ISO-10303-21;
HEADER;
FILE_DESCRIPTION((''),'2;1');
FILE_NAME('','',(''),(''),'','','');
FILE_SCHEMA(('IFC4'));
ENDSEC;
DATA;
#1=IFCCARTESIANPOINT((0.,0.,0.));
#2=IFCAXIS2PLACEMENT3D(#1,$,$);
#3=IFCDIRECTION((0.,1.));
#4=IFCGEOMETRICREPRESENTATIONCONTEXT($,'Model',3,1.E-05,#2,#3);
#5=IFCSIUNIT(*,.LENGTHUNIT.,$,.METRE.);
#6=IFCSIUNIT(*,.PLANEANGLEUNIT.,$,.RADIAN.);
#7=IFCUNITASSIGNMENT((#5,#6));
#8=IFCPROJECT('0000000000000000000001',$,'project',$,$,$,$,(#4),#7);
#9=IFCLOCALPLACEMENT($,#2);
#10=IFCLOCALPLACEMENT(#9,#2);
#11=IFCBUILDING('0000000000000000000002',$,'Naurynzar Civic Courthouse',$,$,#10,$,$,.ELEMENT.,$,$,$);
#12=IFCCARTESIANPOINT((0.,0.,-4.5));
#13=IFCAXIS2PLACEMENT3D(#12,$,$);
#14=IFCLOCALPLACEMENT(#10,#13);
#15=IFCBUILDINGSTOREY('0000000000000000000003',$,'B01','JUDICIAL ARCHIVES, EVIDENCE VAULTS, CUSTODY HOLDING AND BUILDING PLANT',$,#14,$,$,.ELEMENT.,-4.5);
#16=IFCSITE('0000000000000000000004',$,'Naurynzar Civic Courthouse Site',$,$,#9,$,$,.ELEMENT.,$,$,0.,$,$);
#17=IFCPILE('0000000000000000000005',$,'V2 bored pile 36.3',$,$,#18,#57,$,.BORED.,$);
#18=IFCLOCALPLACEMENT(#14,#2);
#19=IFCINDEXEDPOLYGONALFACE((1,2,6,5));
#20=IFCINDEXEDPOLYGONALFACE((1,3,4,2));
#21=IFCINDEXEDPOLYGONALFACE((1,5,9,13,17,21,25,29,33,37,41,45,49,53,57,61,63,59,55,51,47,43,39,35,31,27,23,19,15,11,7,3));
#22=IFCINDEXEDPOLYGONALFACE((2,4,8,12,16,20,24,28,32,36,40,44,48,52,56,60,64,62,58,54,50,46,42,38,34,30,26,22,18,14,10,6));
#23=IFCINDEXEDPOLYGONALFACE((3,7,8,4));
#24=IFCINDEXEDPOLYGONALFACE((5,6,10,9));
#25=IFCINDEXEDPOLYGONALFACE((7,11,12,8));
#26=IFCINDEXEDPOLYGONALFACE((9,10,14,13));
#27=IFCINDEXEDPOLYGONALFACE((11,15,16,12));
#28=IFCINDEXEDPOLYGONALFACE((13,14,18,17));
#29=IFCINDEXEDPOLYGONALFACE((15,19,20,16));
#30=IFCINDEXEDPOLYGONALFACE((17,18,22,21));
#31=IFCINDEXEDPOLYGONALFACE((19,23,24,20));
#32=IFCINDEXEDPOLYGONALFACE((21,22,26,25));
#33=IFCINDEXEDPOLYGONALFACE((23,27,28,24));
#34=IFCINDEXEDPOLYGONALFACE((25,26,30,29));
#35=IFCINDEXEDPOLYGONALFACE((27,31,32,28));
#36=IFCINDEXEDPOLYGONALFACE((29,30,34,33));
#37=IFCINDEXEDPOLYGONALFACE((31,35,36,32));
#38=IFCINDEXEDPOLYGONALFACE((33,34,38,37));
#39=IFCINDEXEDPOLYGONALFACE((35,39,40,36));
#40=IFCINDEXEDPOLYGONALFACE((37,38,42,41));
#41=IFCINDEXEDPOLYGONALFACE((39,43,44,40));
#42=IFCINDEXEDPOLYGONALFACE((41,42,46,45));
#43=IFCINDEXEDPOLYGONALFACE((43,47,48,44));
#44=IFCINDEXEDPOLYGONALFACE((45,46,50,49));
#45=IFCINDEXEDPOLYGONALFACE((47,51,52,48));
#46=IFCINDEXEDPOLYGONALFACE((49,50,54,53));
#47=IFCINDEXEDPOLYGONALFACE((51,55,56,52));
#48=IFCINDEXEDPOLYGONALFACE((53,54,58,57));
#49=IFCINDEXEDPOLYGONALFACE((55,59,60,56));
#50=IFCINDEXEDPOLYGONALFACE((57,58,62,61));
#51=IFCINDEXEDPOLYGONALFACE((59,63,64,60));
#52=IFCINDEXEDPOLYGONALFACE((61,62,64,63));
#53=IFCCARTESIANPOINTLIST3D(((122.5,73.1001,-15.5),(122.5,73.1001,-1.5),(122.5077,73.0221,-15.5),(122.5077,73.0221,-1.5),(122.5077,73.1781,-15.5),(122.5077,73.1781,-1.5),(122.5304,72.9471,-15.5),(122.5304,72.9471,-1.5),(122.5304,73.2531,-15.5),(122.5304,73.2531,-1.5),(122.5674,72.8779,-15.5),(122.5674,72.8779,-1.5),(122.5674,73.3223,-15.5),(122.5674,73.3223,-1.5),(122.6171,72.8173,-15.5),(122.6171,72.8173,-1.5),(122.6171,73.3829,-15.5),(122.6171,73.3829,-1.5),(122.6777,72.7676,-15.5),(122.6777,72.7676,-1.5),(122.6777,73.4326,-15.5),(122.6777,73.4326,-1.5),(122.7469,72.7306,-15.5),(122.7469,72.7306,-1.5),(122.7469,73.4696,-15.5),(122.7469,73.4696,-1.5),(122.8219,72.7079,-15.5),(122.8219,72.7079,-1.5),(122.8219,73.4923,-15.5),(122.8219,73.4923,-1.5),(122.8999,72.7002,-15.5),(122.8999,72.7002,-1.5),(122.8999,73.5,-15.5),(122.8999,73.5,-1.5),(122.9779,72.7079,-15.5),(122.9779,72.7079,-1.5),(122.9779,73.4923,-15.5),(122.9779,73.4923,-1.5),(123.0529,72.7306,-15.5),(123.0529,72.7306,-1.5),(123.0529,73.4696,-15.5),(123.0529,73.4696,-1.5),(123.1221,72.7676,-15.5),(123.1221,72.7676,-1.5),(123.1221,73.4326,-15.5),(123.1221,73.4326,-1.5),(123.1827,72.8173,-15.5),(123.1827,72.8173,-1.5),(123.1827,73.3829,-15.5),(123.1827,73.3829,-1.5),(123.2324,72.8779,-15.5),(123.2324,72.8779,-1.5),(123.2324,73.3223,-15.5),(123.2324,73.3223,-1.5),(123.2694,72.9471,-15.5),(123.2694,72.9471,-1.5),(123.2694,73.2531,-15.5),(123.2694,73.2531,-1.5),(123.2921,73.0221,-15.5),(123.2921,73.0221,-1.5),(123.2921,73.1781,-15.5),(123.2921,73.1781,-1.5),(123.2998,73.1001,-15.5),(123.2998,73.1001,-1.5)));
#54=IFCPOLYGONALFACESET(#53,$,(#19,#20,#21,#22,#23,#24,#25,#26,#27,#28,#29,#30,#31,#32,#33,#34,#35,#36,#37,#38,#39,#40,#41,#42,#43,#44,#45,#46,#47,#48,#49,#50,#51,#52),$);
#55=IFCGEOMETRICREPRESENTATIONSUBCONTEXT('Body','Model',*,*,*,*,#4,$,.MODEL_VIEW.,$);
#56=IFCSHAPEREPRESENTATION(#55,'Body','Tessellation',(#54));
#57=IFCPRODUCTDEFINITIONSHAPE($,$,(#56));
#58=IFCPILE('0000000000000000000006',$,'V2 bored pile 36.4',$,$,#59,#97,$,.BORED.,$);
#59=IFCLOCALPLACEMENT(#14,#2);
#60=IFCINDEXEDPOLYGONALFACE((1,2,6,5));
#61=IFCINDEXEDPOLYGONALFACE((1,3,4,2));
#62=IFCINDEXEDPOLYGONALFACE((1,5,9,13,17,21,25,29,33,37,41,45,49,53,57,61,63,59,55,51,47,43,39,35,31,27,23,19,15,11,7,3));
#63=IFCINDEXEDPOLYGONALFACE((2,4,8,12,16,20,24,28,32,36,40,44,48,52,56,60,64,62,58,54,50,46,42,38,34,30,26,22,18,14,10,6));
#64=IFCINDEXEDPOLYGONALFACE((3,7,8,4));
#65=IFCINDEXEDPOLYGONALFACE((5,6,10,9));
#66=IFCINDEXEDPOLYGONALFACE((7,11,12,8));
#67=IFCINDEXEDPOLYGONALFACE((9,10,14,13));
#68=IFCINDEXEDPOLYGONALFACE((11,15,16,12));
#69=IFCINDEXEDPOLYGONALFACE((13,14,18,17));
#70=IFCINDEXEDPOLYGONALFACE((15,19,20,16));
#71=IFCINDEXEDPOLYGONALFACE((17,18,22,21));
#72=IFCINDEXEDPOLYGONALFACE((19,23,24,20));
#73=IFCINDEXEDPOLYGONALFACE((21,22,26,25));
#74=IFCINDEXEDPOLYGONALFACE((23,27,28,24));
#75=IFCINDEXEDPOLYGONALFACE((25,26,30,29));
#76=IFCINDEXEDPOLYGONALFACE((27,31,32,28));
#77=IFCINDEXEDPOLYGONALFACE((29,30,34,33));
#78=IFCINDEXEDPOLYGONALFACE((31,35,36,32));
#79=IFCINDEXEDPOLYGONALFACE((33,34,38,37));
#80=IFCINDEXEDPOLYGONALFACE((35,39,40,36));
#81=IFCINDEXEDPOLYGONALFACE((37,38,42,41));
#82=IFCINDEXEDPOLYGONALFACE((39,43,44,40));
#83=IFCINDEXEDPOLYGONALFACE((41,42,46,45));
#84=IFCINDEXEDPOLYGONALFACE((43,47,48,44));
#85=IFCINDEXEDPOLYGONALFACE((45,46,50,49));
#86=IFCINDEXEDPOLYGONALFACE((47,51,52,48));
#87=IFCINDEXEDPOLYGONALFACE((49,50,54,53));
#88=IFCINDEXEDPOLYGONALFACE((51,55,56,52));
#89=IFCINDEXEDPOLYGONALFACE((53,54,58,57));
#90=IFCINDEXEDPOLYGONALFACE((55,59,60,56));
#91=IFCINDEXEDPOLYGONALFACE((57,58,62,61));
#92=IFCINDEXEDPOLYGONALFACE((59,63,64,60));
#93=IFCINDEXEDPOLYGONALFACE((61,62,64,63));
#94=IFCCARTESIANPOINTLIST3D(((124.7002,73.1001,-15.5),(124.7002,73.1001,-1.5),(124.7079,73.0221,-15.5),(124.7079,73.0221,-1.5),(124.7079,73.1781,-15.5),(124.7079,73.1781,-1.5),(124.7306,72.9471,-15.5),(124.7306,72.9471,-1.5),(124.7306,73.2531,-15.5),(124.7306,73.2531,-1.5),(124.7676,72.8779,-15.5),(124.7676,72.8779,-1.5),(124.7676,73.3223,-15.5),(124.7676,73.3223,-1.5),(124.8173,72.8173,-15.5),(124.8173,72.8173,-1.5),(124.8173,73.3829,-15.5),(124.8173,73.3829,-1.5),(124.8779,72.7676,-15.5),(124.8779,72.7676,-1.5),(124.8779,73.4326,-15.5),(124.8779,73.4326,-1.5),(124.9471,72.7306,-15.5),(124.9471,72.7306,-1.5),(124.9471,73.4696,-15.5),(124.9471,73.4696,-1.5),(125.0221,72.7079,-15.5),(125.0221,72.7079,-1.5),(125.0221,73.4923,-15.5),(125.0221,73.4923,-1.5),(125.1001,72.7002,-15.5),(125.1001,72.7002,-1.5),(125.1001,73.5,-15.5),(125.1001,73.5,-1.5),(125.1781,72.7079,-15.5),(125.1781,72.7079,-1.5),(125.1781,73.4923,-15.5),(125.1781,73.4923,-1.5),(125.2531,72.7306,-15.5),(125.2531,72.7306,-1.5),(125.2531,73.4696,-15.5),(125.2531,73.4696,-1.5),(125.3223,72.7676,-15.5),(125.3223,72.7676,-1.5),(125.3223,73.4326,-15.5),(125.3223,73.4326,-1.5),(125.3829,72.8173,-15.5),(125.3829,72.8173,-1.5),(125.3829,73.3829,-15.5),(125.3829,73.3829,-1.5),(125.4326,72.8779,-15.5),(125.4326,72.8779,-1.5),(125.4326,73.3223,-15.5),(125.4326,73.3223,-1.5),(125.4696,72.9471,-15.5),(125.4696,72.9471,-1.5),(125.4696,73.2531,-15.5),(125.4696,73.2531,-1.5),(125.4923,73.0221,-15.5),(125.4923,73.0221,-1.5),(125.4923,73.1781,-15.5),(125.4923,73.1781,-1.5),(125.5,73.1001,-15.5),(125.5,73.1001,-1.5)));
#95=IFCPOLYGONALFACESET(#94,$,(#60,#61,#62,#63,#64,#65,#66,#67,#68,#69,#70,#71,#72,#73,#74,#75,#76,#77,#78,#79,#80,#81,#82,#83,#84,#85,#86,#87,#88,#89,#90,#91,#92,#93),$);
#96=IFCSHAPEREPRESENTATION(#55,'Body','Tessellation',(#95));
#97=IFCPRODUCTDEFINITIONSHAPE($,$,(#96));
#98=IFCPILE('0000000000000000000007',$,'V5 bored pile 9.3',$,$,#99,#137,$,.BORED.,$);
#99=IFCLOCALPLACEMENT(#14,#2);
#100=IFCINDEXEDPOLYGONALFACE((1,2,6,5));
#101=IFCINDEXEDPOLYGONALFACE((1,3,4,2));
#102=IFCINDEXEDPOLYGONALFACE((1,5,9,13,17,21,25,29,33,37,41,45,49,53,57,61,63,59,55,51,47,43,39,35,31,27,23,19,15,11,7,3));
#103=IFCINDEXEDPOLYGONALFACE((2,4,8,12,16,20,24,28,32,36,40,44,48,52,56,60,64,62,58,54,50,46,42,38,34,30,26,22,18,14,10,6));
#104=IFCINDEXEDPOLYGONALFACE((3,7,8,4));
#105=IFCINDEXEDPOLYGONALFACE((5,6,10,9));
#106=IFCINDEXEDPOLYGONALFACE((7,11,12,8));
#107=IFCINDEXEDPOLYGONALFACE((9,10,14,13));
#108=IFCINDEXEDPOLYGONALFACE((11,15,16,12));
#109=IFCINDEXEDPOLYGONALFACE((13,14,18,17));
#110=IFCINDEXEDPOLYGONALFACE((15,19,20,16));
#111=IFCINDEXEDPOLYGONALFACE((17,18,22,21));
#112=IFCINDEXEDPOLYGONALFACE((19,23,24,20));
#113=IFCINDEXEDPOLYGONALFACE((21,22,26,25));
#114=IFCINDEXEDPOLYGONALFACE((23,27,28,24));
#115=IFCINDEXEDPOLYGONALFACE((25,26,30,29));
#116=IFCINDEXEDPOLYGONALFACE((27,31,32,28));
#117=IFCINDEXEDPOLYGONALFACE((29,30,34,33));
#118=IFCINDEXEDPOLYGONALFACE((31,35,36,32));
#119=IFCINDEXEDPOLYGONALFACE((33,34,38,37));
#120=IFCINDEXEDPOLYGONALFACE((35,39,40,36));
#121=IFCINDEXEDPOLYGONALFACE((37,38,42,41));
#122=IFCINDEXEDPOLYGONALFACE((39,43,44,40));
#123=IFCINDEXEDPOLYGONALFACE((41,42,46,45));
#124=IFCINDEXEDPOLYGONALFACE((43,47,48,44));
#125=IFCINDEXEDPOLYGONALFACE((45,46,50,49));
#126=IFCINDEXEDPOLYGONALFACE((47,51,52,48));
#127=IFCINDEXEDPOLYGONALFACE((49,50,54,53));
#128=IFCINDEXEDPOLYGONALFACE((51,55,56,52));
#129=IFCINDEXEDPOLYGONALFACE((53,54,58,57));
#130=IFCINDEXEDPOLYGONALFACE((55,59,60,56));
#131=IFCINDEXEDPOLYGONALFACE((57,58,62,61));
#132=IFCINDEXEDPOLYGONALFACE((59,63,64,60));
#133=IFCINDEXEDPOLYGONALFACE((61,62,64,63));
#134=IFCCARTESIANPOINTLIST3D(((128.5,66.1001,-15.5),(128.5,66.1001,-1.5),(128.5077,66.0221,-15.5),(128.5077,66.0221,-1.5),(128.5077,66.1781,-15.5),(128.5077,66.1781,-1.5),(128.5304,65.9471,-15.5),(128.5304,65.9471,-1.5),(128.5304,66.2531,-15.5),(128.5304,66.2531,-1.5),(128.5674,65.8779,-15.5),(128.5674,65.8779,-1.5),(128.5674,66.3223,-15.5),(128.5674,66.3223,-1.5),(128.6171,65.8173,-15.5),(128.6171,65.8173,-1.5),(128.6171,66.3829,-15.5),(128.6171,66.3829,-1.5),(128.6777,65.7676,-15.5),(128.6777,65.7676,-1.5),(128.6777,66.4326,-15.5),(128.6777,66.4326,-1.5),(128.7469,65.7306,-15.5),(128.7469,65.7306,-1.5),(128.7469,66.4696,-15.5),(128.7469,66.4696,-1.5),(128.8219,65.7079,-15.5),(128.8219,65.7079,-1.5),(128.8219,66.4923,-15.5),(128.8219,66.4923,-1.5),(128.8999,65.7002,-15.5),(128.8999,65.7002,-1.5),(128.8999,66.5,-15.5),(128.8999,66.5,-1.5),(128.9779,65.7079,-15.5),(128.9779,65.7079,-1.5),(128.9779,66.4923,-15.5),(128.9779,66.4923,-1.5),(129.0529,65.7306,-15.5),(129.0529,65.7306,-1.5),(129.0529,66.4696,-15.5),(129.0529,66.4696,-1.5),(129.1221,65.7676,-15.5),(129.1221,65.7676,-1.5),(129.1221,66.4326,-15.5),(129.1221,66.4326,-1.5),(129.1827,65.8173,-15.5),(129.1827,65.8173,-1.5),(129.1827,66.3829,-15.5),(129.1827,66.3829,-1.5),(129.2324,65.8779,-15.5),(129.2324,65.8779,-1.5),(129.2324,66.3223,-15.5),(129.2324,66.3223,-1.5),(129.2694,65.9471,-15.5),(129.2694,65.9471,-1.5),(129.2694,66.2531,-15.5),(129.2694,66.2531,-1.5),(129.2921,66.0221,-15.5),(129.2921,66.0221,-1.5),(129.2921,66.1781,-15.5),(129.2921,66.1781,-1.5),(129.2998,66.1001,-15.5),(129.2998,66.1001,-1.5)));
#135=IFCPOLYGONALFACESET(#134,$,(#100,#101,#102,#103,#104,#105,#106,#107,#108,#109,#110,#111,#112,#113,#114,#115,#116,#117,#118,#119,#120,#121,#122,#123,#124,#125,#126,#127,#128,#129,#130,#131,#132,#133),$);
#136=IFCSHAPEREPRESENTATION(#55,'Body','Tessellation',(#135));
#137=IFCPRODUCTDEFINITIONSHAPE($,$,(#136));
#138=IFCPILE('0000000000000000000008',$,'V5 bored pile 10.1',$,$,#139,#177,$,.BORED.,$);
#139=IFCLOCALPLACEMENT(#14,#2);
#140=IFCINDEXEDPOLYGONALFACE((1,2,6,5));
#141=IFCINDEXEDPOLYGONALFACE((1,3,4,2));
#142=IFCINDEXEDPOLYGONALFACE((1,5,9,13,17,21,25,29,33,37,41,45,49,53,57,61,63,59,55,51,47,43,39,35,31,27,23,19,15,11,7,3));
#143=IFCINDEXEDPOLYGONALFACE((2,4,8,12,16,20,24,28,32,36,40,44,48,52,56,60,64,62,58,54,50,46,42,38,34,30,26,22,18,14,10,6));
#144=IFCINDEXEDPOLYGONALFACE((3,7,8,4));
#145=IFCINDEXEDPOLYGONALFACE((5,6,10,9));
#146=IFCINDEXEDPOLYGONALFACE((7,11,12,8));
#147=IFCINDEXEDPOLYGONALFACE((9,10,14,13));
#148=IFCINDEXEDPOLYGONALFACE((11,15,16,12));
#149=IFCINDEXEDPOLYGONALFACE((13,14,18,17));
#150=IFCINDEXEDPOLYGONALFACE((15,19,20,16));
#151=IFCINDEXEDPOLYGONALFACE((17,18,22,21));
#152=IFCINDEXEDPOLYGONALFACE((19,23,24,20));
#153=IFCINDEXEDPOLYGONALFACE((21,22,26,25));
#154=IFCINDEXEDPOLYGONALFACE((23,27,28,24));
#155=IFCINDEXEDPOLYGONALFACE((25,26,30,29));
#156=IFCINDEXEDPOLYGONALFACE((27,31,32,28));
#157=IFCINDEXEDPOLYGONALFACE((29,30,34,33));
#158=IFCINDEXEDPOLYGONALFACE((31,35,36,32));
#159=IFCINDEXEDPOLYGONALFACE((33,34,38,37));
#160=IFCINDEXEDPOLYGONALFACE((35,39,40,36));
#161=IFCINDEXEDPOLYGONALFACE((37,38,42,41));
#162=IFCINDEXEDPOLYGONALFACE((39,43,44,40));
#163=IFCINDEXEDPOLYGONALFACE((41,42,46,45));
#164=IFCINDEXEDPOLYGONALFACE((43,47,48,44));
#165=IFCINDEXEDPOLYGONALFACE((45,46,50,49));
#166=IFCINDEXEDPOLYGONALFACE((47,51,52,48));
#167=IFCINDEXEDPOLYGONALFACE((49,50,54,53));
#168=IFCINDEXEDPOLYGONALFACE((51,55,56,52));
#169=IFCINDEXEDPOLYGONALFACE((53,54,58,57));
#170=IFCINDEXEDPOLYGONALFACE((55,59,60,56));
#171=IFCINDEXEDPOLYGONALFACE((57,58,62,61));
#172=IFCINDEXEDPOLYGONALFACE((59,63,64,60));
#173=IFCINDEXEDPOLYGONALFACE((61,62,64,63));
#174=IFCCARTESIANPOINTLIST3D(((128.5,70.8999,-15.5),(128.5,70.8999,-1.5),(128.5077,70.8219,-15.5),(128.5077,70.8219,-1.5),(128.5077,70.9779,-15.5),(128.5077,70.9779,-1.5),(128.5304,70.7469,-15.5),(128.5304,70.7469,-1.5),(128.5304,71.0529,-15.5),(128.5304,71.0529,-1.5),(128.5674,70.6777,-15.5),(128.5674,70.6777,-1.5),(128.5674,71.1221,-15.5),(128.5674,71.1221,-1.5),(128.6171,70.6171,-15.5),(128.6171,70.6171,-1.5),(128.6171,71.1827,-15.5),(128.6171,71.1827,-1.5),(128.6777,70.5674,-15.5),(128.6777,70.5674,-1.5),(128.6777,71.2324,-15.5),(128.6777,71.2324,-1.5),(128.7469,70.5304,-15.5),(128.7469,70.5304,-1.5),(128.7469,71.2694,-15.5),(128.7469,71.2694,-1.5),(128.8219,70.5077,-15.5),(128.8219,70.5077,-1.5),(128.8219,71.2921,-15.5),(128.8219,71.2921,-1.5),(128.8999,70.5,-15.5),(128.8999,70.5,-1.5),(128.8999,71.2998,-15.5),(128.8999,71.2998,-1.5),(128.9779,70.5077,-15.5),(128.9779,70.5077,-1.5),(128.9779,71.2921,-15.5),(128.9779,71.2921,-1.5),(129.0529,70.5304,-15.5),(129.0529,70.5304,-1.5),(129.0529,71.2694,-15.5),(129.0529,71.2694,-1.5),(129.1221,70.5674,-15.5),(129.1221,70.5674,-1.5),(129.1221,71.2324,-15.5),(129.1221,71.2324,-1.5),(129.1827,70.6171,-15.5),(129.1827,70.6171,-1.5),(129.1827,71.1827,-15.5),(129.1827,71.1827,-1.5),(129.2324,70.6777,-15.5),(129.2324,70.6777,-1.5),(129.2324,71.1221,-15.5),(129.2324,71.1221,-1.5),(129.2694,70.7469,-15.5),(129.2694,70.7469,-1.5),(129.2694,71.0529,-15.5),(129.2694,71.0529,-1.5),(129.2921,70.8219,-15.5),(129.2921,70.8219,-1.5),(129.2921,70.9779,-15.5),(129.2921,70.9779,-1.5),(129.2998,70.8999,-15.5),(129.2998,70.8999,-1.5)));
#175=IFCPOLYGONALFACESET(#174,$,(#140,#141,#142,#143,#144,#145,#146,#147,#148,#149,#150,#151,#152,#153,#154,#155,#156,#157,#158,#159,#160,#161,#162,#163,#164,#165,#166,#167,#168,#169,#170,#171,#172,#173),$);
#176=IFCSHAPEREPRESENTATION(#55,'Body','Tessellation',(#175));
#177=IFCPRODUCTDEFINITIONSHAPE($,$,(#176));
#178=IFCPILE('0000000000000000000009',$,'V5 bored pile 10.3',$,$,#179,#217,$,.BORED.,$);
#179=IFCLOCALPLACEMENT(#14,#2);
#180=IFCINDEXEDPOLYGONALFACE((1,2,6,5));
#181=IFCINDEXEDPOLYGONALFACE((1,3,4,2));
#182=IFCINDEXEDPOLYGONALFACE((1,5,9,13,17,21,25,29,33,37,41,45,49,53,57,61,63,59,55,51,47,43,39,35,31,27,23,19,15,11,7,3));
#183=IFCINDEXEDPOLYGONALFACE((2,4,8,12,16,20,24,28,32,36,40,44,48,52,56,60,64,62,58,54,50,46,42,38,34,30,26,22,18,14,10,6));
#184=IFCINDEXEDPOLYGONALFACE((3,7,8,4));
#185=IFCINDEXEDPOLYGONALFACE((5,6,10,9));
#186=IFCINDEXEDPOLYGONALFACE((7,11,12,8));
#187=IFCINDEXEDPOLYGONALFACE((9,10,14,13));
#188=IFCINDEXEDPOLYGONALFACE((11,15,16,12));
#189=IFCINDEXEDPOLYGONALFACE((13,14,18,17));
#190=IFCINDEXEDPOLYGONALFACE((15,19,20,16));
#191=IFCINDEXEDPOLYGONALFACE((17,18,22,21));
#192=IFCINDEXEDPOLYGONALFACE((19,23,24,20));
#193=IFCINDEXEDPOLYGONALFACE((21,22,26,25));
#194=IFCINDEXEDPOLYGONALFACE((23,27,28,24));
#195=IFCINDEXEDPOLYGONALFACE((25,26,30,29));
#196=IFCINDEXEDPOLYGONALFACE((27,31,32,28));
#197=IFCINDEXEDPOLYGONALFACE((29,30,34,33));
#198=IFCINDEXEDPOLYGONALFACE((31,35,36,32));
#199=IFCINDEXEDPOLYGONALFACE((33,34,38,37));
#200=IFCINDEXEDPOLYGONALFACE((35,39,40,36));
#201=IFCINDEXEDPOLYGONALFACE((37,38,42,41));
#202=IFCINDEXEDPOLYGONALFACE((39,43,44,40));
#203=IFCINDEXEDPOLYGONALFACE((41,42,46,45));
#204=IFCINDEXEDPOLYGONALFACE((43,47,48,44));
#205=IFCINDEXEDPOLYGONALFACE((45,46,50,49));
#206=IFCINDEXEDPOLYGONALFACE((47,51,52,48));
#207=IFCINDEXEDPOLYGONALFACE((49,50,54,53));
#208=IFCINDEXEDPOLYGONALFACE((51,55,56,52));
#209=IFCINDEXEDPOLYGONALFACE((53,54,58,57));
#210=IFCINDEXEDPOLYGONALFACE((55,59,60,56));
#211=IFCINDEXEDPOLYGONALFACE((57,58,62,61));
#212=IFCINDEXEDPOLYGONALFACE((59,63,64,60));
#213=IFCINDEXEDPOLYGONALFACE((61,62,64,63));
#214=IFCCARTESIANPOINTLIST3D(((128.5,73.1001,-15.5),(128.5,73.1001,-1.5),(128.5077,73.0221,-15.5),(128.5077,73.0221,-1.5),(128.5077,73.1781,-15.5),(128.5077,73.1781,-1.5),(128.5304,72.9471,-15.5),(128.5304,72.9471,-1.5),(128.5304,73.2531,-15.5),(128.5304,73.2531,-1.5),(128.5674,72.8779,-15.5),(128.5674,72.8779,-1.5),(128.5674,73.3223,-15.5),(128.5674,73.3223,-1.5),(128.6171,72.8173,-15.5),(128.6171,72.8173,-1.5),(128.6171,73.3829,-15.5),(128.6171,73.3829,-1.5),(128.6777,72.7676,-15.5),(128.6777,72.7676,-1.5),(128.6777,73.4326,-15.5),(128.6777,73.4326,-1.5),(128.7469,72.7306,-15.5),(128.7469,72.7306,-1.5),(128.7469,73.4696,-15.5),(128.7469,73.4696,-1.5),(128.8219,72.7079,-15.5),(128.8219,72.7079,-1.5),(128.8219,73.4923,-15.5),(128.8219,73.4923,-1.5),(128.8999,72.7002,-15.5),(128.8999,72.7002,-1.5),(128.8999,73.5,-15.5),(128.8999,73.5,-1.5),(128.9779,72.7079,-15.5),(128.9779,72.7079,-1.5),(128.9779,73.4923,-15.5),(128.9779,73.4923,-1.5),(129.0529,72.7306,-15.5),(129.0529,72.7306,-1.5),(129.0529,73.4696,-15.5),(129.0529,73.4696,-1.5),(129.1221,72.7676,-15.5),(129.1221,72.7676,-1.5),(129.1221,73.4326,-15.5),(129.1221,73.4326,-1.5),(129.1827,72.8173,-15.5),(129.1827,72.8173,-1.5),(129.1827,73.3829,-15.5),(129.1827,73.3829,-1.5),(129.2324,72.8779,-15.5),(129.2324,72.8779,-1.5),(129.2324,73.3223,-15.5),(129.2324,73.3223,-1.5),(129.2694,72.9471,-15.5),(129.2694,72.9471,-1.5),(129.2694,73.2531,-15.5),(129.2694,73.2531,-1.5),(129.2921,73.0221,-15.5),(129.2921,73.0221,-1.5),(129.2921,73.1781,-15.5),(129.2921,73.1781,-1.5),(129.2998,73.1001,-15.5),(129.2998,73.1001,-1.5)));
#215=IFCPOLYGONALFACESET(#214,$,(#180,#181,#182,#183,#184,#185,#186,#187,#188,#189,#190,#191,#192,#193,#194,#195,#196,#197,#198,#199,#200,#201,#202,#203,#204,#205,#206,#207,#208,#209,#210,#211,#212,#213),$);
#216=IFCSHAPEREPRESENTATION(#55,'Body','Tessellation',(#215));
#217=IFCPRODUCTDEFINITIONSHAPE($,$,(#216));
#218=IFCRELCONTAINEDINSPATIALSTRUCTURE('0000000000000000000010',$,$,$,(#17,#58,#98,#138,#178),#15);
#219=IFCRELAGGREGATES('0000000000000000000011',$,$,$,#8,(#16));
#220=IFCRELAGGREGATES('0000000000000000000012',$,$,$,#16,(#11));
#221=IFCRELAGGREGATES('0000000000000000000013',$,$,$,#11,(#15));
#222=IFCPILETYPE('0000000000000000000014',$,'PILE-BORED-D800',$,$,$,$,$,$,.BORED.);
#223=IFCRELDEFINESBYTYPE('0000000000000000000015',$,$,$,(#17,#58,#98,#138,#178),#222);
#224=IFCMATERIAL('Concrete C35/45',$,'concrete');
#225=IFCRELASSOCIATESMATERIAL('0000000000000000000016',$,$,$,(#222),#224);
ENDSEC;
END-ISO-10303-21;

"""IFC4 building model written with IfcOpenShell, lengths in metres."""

from ifc_helpers import new_model, si_unit, direction, frame, origin, origin_2d, place, context, subcontext, project, spatial, circle, extrude, material, material_profile, profile_set, type_object, element, save


model = new_model("IFC4")

# Units and contexts
model_context = context("Model", 3, precision=1e-05, world=origin(), true_north=direction((0.0, 1.0)))
body_context = subcontext(model_context, "Body", "Model", "MODEL_VIEW")
ifc_project = project(units=[si_unit("LENGTHUNIT", "METRE"), si_unit("PLANEANGLEUNIT", "RADIAN")], contexts=[model_context])

# Site, building, storey
site_placement = place(None, origin())
site = spatial("IfcSite", under=ifc_project, at=site_placement, Name="Naurynzar Civic Courthouse Site", CompositionType="ELEMENT", RefElevation=0.0)
building_placement = place(site_placement, origin())
building = spatial("IfcBuilding", under=site, at=building_placement, Name="Naurynzar Civic Courthouse", CompositionType="ELEMENT")
storey_placement = place(building_placement, frame((0.0, 0.0, -4.5)))
storey = spatial("IfcBuildingStorey", under=building, at=storey_placement, Name="B01", Description="JUDICIAL ARCHIVES, EVIDENCE VAULTS, CUSTODY HOLDING AND BUILDING PLANT", CompositionType="ELEMENT", Elevation=-4.5)

# Piles
ifc_material_1 = material(Name="Concrete C35/45", Category="concrete")
ifc_material_profile_1 = material_profile(ifc_material_1, circle(Radius=0.3999, at=origin_2d()), Name="PILE D800")
ifc_profile_set_1 = profile_set([ifc_material_profile_1], Name="Concrete C35/45")
pile_type_1 = type_object("IfcPileType", Name="PILE-BORED-D800", PredefinedType="BORED", material=ifc_profile_set_1)
for number, where, z_axis, x_axis, name in (
    (1, (122.8999, 73.1001, -1.5), (0.0, 0.0, -1.0), (1.0, 0.0, 0.0), "V2 bored pile 36.3"),
    (2, (125.1001, 73.1001, -1.5), (0.0, 0.0, -1.0), (1.0, 0.0, 0.0), "V2 bored pile 36.4"),
    (3, (128.8999, 66.1001, -1.5), (0.0, 0.0, -1.0), (1.0, 0.0, 0.0), "V5 bored pile 9.3"),
    (4, (128.8999, 70.8999, -1.5), (0.0, 0.0, -1.0), (1.0, 0.0, 0.0), "V5 bored pile 10.1"),
    (5, (128.8999, 73.1001, -1.5), (0.0, 0.0, -1.0), (1.0, 0.0, 0.0), "V5 bored pile 10.3"),
):
    element("IfcPile", number, at=place(storey_placement, frame(where, z_axis=z_axis, x_axis=x_axis)), inside=storey, type_object=pile_type_1, Name=name, PredefinedType="BORED", context=body_context, shape_type="SweptSolid", body=[
        extrude(circle(Radius=0.3999, at=origin_2d()), origin(), (0.0, 0.0, 1.0), 14.0),
    ])

save(model, "model.ifc")
